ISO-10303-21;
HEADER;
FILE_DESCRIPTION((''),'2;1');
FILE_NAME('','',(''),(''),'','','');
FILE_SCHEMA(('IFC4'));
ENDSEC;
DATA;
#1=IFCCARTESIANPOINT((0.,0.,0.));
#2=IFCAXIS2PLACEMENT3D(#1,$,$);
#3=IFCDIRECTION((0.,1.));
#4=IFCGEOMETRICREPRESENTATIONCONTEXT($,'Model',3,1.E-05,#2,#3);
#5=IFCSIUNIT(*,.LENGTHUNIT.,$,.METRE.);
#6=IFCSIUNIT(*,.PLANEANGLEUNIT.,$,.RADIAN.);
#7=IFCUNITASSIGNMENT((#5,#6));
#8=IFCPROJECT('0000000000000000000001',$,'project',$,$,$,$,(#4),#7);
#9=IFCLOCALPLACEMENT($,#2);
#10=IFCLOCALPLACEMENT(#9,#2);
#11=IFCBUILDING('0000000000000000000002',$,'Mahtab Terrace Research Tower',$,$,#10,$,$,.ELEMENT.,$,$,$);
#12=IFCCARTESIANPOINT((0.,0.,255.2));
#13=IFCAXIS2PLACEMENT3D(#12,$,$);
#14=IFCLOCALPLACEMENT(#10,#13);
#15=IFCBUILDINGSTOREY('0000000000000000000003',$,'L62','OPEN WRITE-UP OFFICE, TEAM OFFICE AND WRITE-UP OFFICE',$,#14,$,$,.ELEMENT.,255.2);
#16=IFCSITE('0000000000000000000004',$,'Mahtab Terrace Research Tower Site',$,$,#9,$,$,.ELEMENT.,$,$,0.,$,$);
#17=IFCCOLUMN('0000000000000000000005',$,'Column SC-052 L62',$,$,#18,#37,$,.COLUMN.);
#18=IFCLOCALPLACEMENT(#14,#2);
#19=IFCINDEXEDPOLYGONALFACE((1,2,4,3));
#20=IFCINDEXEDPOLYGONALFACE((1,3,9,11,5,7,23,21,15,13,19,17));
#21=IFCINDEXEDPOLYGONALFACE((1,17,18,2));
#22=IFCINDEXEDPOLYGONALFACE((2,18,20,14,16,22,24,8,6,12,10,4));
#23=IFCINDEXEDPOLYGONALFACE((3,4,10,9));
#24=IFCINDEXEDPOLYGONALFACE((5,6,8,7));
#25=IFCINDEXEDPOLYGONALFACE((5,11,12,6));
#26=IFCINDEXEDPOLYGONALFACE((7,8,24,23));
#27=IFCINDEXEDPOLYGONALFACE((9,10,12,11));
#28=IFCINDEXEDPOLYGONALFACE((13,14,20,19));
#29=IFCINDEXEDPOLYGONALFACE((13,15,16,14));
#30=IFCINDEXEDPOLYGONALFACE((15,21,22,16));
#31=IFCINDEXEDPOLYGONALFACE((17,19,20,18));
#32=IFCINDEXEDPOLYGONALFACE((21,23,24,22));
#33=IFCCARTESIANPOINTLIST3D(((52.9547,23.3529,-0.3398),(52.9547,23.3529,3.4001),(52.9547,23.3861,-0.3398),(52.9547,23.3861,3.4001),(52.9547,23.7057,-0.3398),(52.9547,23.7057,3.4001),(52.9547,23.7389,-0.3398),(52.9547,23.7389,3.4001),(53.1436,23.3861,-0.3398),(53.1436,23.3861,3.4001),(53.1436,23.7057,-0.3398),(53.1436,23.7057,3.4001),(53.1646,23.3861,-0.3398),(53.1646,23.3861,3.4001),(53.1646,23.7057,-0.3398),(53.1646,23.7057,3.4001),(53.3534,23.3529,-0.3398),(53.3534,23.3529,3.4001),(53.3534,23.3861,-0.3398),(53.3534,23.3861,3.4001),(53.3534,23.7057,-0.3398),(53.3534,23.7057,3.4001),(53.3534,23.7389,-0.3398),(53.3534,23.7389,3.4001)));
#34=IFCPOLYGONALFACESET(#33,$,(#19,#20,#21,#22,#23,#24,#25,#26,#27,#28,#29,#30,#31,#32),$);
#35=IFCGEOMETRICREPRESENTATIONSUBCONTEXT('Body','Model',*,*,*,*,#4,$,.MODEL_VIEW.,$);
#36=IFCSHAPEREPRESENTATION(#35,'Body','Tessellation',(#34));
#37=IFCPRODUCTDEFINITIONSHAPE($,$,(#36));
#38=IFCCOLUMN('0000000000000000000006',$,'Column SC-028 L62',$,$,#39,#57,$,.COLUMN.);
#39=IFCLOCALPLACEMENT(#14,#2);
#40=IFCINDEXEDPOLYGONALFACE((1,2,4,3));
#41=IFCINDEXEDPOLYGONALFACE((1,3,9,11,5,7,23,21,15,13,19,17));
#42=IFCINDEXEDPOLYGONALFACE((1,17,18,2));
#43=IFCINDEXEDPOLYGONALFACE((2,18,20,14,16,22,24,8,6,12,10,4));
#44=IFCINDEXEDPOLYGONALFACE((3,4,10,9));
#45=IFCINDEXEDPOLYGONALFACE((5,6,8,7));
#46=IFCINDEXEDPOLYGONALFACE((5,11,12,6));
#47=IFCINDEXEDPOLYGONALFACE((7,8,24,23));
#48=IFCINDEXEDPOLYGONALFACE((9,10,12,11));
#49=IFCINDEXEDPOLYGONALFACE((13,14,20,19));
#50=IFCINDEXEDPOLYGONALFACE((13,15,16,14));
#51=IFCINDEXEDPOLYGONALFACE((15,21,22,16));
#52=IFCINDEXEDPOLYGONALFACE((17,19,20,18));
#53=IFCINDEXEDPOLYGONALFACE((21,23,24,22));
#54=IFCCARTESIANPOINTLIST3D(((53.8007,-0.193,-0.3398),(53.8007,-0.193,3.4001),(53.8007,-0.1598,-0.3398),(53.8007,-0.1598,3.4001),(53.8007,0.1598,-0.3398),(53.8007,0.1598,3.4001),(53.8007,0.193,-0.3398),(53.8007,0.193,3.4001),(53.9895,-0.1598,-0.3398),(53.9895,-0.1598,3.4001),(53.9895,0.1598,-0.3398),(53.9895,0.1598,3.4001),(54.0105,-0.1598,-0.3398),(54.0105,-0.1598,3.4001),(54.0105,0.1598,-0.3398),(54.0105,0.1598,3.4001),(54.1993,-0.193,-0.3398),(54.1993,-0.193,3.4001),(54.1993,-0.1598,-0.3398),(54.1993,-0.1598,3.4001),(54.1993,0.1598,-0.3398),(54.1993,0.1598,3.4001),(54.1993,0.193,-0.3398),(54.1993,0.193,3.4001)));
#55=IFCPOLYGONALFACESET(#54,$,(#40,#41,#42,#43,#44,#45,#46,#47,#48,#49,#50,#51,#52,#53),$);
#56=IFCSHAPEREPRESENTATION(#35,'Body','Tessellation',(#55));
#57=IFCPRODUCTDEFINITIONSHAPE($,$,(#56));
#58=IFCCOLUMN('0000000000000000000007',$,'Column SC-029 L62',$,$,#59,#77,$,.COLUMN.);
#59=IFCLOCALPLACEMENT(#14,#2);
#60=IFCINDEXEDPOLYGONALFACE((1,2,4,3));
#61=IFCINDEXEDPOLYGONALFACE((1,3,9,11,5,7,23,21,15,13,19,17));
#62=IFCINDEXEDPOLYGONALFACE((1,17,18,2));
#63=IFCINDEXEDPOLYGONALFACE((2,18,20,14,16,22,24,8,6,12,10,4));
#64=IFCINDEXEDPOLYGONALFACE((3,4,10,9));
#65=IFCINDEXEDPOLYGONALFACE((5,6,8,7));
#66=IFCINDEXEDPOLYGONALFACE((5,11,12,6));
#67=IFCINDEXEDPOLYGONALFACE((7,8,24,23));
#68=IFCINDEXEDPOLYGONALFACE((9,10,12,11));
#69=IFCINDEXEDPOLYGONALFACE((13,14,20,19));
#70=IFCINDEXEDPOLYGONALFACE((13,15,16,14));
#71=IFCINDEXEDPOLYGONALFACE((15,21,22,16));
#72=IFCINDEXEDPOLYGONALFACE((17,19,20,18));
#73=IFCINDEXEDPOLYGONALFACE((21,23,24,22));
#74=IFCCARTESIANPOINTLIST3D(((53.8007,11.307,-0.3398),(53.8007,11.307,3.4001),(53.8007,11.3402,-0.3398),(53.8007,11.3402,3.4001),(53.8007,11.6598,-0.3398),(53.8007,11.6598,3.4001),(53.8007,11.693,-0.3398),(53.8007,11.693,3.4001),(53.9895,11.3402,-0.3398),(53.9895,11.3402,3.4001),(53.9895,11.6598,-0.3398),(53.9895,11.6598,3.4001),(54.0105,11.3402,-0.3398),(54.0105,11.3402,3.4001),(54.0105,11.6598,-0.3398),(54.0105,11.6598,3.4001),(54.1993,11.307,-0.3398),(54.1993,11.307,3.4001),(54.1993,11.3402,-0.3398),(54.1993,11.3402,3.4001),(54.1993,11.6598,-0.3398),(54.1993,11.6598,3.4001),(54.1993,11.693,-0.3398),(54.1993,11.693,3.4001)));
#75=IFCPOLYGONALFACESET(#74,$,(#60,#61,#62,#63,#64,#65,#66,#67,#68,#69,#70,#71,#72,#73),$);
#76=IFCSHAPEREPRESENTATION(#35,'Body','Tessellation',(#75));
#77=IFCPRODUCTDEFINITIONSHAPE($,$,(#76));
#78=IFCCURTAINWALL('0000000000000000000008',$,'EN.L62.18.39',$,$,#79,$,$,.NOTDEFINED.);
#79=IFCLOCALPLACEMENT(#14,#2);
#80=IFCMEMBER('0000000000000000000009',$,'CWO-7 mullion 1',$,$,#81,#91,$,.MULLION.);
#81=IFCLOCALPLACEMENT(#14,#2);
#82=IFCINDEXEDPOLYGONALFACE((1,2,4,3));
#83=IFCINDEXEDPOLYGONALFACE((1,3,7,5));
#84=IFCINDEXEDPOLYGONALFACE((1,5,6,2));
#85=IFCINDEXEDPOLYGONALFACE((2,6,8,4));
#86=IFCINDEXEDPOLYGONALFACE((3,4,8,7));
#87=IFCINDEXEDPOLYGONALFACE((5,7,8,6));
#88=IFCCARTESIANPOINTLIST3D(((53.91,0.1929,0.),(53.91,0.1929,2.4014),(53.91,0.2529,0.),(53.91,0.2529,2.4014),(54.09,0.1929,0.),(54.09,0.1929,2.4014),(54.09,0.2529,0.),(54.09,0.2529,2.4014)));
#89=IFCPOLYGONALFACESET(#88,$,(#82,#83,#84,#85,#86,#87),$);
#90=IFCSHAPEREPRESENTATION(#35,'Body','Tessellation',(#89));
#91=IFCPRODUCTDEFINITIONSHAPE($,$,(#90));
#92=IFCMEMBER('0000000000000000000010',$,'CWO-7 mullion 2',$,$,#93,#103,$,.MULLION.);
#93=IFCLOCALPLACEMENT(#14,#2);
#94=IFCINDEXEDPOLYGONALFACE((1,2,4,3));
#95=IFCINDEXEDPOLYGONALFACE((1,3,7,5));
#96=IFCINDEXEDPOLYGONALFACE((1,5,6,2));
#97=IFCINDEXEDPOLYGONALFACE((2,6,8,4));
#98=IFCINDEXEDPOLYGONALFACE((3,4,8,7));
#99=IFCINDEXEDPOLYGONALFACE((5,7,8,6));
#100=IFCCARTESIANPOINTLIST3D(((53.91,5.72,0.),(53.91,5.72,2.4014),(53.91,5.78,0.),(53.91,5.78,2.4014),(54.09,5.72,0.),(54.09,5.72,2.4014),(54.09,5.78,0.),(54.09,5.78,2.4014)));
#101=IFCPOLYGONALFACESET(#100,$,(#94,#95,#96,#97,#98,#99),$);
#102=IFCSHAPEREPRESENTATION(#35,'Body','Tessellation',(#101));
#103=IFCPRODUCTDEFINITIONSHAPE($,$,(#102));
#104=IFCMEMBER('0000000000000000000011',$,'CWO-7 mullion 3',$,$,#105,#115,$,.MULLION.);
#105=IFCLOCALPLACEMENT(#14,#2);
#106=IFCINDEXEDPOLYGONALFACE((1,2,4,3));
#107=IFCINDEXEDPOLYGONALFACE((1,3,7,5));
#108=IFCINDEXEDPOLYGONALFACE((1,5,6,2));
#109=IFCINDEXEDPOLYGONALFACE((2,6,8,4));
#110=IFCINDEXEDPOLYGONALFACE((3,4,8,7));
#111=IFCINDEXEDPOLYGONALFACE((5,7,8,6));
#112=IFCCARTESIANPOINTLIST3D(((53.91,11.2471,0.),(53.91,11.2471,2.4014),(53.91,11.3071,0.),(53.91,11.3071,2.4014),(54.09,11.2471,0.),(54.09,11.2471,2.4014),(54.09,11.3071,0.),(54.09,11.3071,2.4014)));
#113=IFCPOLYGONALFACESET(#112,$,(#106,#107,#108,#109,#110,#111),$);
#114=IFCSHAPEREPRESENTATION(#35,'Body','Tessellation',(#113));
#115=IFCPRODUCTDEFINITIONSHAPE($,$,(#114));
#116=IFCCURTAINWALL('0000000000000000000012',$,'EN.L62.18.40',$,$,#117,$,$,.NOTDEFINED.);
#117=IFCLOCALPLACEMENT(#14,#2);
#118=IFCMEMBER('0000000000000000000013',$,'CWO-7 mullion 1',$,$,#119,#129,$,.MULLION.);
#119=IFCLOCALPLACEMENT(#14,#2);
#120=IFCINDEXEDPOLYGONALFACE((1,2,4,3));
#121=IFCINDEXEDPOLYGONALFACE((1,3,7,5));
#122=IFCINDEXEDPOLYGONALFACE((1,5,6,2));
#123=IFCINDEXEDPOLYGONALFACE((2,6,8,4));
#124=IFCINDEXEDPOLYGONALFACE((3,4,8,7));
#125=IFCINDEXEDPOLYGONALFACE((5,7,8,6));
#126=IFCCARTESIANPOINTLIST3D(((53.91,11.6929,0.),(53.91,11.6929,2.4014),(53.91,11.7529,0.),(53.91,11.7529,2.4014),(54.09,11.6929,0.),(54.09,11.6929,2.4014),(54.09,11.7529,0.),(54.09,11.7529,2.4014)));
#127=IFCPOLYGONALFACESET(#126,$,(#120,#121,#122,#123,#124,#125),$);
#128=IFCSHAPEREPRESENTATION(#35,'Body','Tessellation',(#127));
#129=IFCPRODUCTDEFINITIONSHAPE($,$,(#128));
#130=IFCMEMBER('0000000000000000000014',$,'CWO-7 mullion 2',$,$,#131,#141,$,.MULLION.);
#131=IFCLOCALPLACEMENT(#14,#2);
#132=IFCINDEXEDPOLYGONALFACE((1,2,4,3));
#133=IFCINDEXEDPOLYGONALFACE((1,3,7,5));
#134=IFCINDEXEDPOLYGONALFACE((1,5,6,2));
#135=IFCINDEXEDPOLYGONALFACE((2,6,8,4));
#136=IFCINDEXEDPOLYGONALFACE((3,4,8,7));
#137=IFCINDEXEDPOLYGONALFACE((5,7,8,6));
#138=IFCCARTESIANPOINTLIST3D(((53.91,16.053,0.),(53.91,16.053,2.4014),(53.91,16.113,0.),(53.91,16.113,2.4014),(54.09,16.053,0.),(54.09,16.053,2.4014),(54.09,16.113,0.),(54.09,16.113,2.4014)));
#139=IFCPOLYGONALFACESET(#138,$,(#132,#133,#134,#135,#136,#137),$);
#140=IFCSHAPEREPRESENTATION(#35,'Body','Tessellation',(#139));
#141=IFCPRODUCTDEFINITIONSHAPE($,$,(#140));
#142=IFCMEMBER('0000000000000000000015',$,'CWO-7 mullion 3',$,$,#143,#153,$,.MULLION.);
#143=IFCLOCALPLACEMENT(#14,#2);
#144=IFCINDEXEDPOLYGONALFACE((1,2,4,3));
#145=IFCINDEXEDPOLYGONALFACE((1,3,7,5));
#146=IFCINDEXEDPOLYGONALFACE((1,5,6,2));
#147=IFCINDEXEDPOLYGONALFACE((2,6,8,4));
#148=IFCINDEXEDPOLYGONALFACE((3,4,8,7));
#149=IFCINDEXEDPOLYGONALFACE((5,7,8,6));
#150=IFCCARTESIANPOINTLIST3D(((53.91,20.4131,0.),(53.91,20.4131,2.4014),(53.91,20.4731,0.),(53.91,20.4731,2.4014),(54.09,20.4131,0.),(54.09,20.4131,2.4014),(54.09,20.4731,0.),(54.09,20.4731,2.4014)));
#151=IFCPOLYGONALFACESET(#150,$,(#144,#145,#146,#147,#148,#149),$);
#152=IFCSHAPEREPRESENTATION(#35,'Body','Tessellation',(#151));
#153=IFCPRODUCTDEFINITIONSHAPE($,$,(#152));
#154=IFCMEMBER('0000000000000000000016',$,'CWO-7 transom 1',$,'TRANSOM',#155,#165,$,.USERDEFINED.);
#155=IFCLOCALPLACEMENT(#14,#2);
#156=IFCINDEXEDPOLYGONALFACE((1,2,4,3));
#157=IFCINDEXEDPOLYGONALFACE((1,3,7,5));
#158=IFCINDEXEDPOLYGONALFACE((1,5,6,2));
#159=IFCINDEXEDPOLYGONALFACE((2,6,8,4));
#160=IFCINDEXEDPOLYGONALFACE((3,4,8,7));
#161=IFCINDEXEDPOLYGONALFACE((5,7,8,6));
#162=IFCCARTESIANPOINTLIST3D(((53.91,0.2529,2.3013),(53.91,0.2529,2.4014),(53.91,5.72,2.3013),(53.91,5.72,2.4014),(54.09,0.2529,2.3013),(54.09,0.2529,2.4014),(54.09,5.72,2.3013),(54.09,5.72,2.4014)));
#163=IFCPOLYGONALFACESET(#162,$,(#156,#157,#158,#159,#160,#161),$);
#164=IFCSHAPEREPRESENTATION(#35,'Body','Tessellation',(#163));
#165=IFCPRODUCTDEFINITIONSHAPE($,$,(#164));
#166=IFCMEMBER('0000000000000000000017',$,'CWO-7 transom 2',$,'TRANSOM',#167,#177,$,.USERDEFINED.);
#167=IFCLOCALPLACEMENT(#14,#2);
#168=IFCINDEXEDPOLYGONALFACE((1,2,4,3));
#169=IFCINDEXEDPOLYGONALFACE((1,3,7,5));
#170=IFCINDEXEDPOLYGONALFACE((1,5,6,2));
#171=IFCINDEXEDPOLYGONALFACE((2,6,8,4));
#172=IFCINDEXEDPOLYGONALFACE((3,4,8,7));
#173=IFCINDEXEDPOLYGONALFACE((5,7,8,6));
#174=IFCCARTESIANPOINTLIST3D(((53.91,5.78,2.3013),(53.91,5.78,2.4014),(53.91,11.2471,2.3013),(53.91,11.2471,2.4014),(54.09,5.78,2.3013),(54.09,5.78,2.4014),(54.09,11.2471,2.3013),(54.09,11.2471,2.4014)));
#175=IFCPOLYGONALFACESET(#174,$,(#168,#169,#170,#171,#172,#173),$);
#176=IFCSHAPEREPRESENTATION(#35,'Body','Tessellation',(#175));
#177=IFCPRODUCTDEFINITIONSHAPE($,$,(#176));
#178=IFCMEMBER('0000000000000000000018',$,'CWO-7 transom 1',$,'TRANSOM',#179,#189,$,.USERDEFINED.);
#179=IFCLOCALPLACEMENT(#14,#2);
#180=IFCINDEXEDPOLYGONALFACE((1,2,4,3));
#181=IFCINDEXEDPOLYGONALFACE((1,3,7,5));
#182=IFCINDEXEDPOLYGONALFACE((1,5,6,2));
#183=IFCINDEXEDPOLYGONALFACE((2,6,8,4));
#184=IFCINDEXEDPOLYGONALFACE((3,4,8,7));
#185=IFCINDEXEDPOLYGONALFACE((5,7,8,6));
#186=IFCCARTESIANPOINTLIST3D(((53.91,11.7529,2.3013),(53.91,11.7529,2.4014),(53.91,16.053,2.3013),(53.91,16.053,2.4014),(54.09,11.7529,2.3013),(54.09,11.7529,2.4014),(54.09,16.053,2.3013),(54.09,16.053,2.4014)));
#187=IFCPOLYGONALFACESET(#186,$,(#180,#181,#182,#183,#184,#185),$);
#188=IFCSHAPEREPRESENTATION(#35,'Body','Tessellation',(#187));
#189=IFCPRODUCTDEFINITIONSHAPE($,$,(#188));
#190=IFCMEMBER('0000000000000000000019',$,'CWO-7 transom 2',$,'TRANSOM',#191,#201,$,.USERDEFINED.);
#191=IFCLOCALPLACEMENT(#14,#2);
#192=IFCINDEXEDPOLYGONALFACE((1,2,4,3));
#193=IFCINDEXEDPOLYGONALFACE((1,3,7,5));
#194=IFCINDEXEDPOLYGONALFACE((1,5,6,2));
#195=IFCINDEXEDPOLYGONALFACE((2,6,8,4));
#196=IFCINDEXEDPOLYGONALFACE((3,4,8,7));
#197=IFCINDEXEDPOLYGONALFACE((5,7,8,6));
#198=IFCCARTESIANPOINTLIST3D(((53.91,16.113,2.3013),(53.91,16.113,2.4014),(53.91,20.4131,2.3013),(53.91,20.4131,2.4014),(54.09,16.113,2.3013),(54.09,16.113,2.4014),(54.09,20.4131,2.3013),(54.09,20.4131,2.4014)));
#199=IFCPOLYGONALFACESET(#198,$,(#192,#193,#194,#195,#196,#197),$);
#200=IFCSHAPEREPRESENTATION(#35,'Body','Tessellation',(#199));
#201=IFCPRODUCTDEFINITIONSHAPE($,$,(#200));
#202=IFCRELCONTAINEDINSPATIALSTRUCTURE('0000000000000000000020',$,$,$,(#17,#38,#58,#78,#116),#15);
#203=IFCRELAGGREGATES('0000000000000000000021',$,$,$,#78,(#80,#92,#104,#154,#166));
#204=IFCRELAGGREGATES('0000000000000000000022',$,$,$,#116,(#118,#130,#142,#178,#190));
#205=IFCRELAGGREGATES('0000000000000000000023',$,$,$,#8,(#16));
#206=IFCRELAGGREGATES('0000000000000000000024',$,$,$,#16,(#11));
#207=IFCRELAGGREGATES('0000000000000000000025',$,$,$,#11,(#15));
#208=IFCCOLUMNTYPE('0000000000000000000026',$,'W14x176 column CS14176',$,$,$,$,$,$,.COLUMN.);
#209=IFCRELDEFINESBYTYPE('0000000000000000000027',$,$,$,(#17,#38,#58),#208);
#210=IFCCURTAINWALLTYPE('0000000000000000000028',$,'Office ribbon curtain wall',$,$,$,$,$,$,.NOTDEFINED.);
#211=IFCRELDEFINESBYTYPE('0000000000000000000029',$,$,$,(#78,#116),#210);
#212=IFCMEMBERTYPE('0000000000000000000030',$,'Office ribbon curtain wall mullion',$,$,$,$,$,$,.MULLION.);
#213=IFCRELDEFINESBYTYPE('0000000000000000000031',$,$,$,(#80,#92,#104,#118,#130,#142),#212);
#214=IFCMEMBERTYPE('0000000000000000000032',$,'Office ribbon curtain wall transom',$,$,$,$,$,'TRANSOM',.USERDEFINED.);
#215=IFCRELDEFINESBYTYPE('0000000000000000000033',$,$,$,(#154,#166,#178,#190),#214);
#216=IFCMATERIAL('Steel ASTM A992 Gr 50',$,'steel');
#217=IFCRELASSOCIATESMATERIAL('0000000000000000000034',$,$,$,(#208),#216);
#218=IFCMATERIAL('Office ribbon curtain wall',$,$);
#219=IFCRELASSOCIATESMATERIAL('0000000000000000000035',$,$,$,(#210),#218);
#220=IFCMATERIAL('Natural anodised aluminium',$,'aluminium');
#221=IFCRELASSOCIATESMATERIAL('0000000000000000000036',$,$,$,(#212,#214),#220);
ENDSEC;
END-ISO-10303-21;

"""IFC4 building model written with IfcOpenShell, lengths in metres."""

from ifc_helpers import new_model, si_unit, direction, frame, origin, origin_2d, place, context, subcontext, project, spatial, rectangle, i_section, extrude, material, material_profile, profile_set, type_object, element, aggregate, save


model = new_model("IFC4")

# Units and contexts
model_context = context("Model", 3, precision=1e-05, world=origin(), true_north=direction((0.0, 1.0)))
body_context = subcontext(model_context, "Body", "Model", "MODEL_VIEW")
ifc_project = project(units=[si_unit("LENGTHUNIT", "METRE"), si_unit("PLANEANGLEUNIT", "RADIAN")], contexts=[model_context])

# Site, building, storey
site_placement = place(None, origin())
site = spatial("IfcSite", under=ifc_project, at=site_placement, Name="Mahtab Terrace Research Tower Site", CompositionType="ELEMENT", RefElevation=0.0)
building_placement = place(site_placement, origin())
building = spatial("IfcBuilding", under=site, at=building_placement, Name="Mahtab Terrace Research Tower", CompositionType="ELEMENT")
storey_placement = place(building_placement, frame((0.0, 0.0, 255.2)))
storey = spatial("IfcBuildingStorey", under=building, at=storey_placement, Name="L62", Description="OPEN WRITE-UP OFFICE, TEAM OFFICE AND WRITE-UP OFFICE", CompositionType="ELEMENT", Elevation=255.2)

# Columns
ifc_material_1 = material(Name="Steel ASTM A992 Gr 50", Category="steel")
ifc_material_profile_1 = material_profile(ifc_material_1, i_section(OverallWidth=0.3987, OverallDepth=0.386, WebThickness=0.021, FlangeThickness=0.0332, at=origin_2d()), Name="W14X176")
ifc_profile_set_1 = profile_set([ifc_material_profile_1], Name="Steel ASTM A992 Gr 50")
column_type = type_object("IfcColumnType", Name="W14x176 column CS14176", PredefinedType="COLUMN", material=ifc_profile_set_1)
for number, where, z_axis, x_axis, name in (
    (1, (53.1541, 23.5459, -0.3398), (0.0, 0.0, 1.0), (1.0, 0.0, 0.0), "Column SC-052 L62"),
    (2, (54.0, 0.0, -0.3398), (0.0, 0.0, 1.0), (1.0, 0.0, 0.0), "Column SC-028 L62"),
    (3, (54.0, 11.5, -0.3398), (0.0, 0.0, 1.0), (1.0, 0.0, 0.0), "Column SC-029 L62"),
):
    element("IfcColumn", number, at=place(storey_placement, frame(where, z_axis=z_axis, x_axis=x_axis)), inside=storey, type_object=column_type, Name=name, PredefinedType="COLUMN", context=body_context, shape_type="SweptSolid", body=[
        extrude(i_section(OverallWidth=0.3987, OverallDepth=0.386, WebThickness=0.021, FlangeThickness=0.0332, at=origin_2d()), origin(), (0.0, 0.0, 1.0), 3.74),
    ])

# Curtain walls, members
ifc_material_2 = material(Name="Office ribbon curtain wall")
curtain_wall_type = type_object("IfcCurtainWallType", Name="Office ribbon curtain wall", PredefinedType="NOTDEFINED", material=ifc_material_2)
curtain_wall_1_placement = place(storey_placement, origin())
curtain_wall_1 = element("IfcCurtainWall", 4, at=curtain_wall_1_placement, inside=storey, type_object=curtain_wall_type, Name="EN.L62.18.39", PredefinedType="NOTDEFINED")
ifc_material_3 = material(Name="Natural anodised aluminium", Category="aluminium")
ifc_material_profile_2 = material_profile(ifc_material_3, rectangle(XDim=0.1799, YDim=0.0601, at=origin_2d()), Name="MULLION 60x180")
ifc_profile_set_2 = profile_set([ifc_material_profile_2], Name="Natural anodised aluminium")
member_type_1 = type_object("IfcMemberType", Name="Office ribbon curtain wall mullion", PredefinedType="MULLION", material=ifc_profile_set_2)
member_1_placement = place(storey_placement, frame((54.0, 0.2229, 0.0), z_axis=(0.0, 0.0, 1.0), x_axis=(-1.0, 0.0, 0.0)))
member_1 = element("IfcMember", 5, at=member_1_placement, type_object=member_type_1, Name="CWO-7 mullion 1", PredefinedType="MULLION", context=body_context, shape_type="SweptSolid", body=[
    extrude(rectangle(XDim=0.1799, YDim=0.0601, at=origin_2d()), origin(), (0.0, 0.0, 1.0), 2.4014),
])
member_2_placement = place(storey_placement, frame((54.0, 5.75, 0.0), z_axis=(0.0, 0.0, 1.0), x_axis=(-1.0, 0.0, 0.0)))
member_2 = element("IfcMember", 6, at=member_2_placement, type_object=member_type_1, Name="CWO-7 mullion 2", PredefinedType="MULLION", context=body_context, shape_type="SweptSolid", body=[
    extrude(rectangle(XDim=0.1799, YDim=0.0601, at=origin_2d()), origin(), (0.0, 0.0, 1.0), 2.4014),
])
member_3_placement = place(storey_placement, frame((54.0, 11.2771, 0.0), z_axis=(0.0, 0.0, 1.0), x_axis=(-1.0, 0.0, 0.0)))
member_3 = element("IfcMember", 7, at=member_3_placement, type_object=member_type_1, Name="CWO-7 mullion 3", PredefinedType="MULLION", context=body_context, shape_type="SweptSolid", body=[
    extrude(rectangle(XDim=0.1799, YDim=0.0601, at=origin_2d()), origin(), (0.0, 0.0, 1.0), 2.4014),
])
curtain_wall_2_placement = place(storey_placement, origin())
curtain_wall_2 = element("IfcCurtainWall", 8, at=curtain_wall_2_placement, inside=storey, type_object=curtain_wall_type, Name="EN.L62.18.40", PredefinedType="NOTDEFINED")
member_4_placement = place(storey_placement, frame((54.0, 11.7229, 0.0), z_axis=(0.0, 0.0, 1.0), x_axis=(-1.0, 0.0, 0.0)))
member_4 = element("IfcMember", 9, at=member_4_placement, type_object=member_type_1, Name="CWO-7 mullion 1", PredefinedType="MULLION", context=body_context, shape_type="SweptSolid", body=[
    extrude(rectangle(XDim=0.1799, YDim=0.0601, at=origin_2d()), origin(), (0.0, 0.0, 1.0), 2.4014),
])
member_5_placement = place(storey_placement, frame((54.0, 16.083, 0.0), z_axis=(0.0, 0.0, 1.0), x_axis=(-1.0, 0.0, 0.0)))
member_5 = element("IfcMember", 10, at=member_5_placement, type_object=member_type_1, Name="CWO-7 mullion 2", PredefinedType="MULLION", context=body_context, shape_type="SweptSolid", body=[
    extrude(rectangle(XDim=0.1799, YDim=0.0601, at=origin_2d()), origin(), (0.0, 0.0, 1.0), 2.4014),
])
member_6_placement = place(storey_placement, frame((54.0, 20.4431, 0.0), z_axis=(0.0, 0.0, 1.0), x_axis=(-1.0, 0.0, 0.0)))
member_6 = element("IfcMember", 11, at=member_6_placement, type_object=member_type_1, Name="CWO-7 mullion 3", PredefinedType="MULLION", context=body_context, shape_type="SweptSolid", body=[
    extrude(rectangle(XDim=0.1799, YDim=0.0601, at=origin_2d()), origin(), (0.0, 0.0, 1.0), 2.4014),
])

# Members
ifc_material_profile_3 = material_profile(ifc_material_3, rectangle(XDim=0.1799, YDim=0.1001, at=origin_2d()), Name="TRANSOM 100x180")
ifc_profile_set_3 = profile_set([ifc_material_profile_3], Name="Natural anodised aluminium")
member_type_2 = type_object("IfcMemberType", Name="Office ribbon curtain wall transom", ElementType="TRANSOM", PredefinedType="USERDEFINED", material=ifc_profile_set_3)
member_7_placement = place(storey_placement, frame((54.0, 0.2529, 2.3513), z_axis=(0.0, 1.0, 0.0), x_axis=(-1.0, 0.0, 0.0)))
member_7 = element("IfcMember", 12, at=member_7_placement, type_object=member_type_2, Name="CWO-7 transom 1", ObjectType="TRANSOM", PredefinedType="USERDEFINED", context=body_context, shape_type="SweptSolid", body=[
    extrude(rectangle(XDim=0.1799, YDim=0.1001, at=origin_2d()), origin(), (0.0, 0.0, 1.0), 5.467),
])
member_8_placement = place(storey_placement, frame((54.0, 5.78, 2.3513), z_axis=(0.0, 1.0, 0.0), x_axis=(-1.0, 0.0, 0.0)))
member_8 = element("IfcMember", 13, at=member_8_placement, type_object=member_type_2, Name="CWO-7 transom 2", ObjectType="TRANSOM", PredefinedType="USERDEFINED", context=body_context, shape_type="SweptSolid", body=[
    extrude(rectangle(XDim=0.1799, YDim=0.1001, at=origin_2d()), origin(), (0.0, 0.0, 1.0), 5.467),
])
member_9_placement = place(storey_placement, frame((54.0, 11.7529, 2.3513), z_axis=(0.0, 1.0, 0.0), x_axis=(-1.0, 0.0, 0.0)))
member_9 = element("IfcMember", 14, at=member_9_placement, type_object=member_type_2, Name="CWO-7 transom 1", ObjectType="TRANSOM", PredefinedType="USERDEFINED", context=body_context, shape_type="SweptSolid", body=[
    extrude(rectangle(XDim=0.1799, YDim=0.1001, at=origin_2d()), origin(), (0.0, 0.0, 1.0), 4.3),
])
member_10_placement = place(storey_placement, frame((54.0, 16.113, 2.3513), z_axis=(0.0, 1.0, 0.0), x_axis=(-1.0, 0.0, 0.0)))
member_10 = element("IfcMember", 15, at=member_10_placement, type_object=member_type_2, Name="CWO-7 transom 2", ObjectType="TRANSOM", PredefinedType="USERDEFINED", context=body_context, shape_type="SweptSolid", body=[
    extrude(rectangle(XDim=0.1799, YDim=0.1001, at=origin_2d()), origin(), (0.0, 0.0, 1.0), 4.3),
])

aggregate(curtain_wall_1, [member_1, member_2, member_3, member_7, member_8])
aggregate(curtain_wall_2, [member_4, member_5, member_6, member_9, member_10])

save(model, "model.ifc")
